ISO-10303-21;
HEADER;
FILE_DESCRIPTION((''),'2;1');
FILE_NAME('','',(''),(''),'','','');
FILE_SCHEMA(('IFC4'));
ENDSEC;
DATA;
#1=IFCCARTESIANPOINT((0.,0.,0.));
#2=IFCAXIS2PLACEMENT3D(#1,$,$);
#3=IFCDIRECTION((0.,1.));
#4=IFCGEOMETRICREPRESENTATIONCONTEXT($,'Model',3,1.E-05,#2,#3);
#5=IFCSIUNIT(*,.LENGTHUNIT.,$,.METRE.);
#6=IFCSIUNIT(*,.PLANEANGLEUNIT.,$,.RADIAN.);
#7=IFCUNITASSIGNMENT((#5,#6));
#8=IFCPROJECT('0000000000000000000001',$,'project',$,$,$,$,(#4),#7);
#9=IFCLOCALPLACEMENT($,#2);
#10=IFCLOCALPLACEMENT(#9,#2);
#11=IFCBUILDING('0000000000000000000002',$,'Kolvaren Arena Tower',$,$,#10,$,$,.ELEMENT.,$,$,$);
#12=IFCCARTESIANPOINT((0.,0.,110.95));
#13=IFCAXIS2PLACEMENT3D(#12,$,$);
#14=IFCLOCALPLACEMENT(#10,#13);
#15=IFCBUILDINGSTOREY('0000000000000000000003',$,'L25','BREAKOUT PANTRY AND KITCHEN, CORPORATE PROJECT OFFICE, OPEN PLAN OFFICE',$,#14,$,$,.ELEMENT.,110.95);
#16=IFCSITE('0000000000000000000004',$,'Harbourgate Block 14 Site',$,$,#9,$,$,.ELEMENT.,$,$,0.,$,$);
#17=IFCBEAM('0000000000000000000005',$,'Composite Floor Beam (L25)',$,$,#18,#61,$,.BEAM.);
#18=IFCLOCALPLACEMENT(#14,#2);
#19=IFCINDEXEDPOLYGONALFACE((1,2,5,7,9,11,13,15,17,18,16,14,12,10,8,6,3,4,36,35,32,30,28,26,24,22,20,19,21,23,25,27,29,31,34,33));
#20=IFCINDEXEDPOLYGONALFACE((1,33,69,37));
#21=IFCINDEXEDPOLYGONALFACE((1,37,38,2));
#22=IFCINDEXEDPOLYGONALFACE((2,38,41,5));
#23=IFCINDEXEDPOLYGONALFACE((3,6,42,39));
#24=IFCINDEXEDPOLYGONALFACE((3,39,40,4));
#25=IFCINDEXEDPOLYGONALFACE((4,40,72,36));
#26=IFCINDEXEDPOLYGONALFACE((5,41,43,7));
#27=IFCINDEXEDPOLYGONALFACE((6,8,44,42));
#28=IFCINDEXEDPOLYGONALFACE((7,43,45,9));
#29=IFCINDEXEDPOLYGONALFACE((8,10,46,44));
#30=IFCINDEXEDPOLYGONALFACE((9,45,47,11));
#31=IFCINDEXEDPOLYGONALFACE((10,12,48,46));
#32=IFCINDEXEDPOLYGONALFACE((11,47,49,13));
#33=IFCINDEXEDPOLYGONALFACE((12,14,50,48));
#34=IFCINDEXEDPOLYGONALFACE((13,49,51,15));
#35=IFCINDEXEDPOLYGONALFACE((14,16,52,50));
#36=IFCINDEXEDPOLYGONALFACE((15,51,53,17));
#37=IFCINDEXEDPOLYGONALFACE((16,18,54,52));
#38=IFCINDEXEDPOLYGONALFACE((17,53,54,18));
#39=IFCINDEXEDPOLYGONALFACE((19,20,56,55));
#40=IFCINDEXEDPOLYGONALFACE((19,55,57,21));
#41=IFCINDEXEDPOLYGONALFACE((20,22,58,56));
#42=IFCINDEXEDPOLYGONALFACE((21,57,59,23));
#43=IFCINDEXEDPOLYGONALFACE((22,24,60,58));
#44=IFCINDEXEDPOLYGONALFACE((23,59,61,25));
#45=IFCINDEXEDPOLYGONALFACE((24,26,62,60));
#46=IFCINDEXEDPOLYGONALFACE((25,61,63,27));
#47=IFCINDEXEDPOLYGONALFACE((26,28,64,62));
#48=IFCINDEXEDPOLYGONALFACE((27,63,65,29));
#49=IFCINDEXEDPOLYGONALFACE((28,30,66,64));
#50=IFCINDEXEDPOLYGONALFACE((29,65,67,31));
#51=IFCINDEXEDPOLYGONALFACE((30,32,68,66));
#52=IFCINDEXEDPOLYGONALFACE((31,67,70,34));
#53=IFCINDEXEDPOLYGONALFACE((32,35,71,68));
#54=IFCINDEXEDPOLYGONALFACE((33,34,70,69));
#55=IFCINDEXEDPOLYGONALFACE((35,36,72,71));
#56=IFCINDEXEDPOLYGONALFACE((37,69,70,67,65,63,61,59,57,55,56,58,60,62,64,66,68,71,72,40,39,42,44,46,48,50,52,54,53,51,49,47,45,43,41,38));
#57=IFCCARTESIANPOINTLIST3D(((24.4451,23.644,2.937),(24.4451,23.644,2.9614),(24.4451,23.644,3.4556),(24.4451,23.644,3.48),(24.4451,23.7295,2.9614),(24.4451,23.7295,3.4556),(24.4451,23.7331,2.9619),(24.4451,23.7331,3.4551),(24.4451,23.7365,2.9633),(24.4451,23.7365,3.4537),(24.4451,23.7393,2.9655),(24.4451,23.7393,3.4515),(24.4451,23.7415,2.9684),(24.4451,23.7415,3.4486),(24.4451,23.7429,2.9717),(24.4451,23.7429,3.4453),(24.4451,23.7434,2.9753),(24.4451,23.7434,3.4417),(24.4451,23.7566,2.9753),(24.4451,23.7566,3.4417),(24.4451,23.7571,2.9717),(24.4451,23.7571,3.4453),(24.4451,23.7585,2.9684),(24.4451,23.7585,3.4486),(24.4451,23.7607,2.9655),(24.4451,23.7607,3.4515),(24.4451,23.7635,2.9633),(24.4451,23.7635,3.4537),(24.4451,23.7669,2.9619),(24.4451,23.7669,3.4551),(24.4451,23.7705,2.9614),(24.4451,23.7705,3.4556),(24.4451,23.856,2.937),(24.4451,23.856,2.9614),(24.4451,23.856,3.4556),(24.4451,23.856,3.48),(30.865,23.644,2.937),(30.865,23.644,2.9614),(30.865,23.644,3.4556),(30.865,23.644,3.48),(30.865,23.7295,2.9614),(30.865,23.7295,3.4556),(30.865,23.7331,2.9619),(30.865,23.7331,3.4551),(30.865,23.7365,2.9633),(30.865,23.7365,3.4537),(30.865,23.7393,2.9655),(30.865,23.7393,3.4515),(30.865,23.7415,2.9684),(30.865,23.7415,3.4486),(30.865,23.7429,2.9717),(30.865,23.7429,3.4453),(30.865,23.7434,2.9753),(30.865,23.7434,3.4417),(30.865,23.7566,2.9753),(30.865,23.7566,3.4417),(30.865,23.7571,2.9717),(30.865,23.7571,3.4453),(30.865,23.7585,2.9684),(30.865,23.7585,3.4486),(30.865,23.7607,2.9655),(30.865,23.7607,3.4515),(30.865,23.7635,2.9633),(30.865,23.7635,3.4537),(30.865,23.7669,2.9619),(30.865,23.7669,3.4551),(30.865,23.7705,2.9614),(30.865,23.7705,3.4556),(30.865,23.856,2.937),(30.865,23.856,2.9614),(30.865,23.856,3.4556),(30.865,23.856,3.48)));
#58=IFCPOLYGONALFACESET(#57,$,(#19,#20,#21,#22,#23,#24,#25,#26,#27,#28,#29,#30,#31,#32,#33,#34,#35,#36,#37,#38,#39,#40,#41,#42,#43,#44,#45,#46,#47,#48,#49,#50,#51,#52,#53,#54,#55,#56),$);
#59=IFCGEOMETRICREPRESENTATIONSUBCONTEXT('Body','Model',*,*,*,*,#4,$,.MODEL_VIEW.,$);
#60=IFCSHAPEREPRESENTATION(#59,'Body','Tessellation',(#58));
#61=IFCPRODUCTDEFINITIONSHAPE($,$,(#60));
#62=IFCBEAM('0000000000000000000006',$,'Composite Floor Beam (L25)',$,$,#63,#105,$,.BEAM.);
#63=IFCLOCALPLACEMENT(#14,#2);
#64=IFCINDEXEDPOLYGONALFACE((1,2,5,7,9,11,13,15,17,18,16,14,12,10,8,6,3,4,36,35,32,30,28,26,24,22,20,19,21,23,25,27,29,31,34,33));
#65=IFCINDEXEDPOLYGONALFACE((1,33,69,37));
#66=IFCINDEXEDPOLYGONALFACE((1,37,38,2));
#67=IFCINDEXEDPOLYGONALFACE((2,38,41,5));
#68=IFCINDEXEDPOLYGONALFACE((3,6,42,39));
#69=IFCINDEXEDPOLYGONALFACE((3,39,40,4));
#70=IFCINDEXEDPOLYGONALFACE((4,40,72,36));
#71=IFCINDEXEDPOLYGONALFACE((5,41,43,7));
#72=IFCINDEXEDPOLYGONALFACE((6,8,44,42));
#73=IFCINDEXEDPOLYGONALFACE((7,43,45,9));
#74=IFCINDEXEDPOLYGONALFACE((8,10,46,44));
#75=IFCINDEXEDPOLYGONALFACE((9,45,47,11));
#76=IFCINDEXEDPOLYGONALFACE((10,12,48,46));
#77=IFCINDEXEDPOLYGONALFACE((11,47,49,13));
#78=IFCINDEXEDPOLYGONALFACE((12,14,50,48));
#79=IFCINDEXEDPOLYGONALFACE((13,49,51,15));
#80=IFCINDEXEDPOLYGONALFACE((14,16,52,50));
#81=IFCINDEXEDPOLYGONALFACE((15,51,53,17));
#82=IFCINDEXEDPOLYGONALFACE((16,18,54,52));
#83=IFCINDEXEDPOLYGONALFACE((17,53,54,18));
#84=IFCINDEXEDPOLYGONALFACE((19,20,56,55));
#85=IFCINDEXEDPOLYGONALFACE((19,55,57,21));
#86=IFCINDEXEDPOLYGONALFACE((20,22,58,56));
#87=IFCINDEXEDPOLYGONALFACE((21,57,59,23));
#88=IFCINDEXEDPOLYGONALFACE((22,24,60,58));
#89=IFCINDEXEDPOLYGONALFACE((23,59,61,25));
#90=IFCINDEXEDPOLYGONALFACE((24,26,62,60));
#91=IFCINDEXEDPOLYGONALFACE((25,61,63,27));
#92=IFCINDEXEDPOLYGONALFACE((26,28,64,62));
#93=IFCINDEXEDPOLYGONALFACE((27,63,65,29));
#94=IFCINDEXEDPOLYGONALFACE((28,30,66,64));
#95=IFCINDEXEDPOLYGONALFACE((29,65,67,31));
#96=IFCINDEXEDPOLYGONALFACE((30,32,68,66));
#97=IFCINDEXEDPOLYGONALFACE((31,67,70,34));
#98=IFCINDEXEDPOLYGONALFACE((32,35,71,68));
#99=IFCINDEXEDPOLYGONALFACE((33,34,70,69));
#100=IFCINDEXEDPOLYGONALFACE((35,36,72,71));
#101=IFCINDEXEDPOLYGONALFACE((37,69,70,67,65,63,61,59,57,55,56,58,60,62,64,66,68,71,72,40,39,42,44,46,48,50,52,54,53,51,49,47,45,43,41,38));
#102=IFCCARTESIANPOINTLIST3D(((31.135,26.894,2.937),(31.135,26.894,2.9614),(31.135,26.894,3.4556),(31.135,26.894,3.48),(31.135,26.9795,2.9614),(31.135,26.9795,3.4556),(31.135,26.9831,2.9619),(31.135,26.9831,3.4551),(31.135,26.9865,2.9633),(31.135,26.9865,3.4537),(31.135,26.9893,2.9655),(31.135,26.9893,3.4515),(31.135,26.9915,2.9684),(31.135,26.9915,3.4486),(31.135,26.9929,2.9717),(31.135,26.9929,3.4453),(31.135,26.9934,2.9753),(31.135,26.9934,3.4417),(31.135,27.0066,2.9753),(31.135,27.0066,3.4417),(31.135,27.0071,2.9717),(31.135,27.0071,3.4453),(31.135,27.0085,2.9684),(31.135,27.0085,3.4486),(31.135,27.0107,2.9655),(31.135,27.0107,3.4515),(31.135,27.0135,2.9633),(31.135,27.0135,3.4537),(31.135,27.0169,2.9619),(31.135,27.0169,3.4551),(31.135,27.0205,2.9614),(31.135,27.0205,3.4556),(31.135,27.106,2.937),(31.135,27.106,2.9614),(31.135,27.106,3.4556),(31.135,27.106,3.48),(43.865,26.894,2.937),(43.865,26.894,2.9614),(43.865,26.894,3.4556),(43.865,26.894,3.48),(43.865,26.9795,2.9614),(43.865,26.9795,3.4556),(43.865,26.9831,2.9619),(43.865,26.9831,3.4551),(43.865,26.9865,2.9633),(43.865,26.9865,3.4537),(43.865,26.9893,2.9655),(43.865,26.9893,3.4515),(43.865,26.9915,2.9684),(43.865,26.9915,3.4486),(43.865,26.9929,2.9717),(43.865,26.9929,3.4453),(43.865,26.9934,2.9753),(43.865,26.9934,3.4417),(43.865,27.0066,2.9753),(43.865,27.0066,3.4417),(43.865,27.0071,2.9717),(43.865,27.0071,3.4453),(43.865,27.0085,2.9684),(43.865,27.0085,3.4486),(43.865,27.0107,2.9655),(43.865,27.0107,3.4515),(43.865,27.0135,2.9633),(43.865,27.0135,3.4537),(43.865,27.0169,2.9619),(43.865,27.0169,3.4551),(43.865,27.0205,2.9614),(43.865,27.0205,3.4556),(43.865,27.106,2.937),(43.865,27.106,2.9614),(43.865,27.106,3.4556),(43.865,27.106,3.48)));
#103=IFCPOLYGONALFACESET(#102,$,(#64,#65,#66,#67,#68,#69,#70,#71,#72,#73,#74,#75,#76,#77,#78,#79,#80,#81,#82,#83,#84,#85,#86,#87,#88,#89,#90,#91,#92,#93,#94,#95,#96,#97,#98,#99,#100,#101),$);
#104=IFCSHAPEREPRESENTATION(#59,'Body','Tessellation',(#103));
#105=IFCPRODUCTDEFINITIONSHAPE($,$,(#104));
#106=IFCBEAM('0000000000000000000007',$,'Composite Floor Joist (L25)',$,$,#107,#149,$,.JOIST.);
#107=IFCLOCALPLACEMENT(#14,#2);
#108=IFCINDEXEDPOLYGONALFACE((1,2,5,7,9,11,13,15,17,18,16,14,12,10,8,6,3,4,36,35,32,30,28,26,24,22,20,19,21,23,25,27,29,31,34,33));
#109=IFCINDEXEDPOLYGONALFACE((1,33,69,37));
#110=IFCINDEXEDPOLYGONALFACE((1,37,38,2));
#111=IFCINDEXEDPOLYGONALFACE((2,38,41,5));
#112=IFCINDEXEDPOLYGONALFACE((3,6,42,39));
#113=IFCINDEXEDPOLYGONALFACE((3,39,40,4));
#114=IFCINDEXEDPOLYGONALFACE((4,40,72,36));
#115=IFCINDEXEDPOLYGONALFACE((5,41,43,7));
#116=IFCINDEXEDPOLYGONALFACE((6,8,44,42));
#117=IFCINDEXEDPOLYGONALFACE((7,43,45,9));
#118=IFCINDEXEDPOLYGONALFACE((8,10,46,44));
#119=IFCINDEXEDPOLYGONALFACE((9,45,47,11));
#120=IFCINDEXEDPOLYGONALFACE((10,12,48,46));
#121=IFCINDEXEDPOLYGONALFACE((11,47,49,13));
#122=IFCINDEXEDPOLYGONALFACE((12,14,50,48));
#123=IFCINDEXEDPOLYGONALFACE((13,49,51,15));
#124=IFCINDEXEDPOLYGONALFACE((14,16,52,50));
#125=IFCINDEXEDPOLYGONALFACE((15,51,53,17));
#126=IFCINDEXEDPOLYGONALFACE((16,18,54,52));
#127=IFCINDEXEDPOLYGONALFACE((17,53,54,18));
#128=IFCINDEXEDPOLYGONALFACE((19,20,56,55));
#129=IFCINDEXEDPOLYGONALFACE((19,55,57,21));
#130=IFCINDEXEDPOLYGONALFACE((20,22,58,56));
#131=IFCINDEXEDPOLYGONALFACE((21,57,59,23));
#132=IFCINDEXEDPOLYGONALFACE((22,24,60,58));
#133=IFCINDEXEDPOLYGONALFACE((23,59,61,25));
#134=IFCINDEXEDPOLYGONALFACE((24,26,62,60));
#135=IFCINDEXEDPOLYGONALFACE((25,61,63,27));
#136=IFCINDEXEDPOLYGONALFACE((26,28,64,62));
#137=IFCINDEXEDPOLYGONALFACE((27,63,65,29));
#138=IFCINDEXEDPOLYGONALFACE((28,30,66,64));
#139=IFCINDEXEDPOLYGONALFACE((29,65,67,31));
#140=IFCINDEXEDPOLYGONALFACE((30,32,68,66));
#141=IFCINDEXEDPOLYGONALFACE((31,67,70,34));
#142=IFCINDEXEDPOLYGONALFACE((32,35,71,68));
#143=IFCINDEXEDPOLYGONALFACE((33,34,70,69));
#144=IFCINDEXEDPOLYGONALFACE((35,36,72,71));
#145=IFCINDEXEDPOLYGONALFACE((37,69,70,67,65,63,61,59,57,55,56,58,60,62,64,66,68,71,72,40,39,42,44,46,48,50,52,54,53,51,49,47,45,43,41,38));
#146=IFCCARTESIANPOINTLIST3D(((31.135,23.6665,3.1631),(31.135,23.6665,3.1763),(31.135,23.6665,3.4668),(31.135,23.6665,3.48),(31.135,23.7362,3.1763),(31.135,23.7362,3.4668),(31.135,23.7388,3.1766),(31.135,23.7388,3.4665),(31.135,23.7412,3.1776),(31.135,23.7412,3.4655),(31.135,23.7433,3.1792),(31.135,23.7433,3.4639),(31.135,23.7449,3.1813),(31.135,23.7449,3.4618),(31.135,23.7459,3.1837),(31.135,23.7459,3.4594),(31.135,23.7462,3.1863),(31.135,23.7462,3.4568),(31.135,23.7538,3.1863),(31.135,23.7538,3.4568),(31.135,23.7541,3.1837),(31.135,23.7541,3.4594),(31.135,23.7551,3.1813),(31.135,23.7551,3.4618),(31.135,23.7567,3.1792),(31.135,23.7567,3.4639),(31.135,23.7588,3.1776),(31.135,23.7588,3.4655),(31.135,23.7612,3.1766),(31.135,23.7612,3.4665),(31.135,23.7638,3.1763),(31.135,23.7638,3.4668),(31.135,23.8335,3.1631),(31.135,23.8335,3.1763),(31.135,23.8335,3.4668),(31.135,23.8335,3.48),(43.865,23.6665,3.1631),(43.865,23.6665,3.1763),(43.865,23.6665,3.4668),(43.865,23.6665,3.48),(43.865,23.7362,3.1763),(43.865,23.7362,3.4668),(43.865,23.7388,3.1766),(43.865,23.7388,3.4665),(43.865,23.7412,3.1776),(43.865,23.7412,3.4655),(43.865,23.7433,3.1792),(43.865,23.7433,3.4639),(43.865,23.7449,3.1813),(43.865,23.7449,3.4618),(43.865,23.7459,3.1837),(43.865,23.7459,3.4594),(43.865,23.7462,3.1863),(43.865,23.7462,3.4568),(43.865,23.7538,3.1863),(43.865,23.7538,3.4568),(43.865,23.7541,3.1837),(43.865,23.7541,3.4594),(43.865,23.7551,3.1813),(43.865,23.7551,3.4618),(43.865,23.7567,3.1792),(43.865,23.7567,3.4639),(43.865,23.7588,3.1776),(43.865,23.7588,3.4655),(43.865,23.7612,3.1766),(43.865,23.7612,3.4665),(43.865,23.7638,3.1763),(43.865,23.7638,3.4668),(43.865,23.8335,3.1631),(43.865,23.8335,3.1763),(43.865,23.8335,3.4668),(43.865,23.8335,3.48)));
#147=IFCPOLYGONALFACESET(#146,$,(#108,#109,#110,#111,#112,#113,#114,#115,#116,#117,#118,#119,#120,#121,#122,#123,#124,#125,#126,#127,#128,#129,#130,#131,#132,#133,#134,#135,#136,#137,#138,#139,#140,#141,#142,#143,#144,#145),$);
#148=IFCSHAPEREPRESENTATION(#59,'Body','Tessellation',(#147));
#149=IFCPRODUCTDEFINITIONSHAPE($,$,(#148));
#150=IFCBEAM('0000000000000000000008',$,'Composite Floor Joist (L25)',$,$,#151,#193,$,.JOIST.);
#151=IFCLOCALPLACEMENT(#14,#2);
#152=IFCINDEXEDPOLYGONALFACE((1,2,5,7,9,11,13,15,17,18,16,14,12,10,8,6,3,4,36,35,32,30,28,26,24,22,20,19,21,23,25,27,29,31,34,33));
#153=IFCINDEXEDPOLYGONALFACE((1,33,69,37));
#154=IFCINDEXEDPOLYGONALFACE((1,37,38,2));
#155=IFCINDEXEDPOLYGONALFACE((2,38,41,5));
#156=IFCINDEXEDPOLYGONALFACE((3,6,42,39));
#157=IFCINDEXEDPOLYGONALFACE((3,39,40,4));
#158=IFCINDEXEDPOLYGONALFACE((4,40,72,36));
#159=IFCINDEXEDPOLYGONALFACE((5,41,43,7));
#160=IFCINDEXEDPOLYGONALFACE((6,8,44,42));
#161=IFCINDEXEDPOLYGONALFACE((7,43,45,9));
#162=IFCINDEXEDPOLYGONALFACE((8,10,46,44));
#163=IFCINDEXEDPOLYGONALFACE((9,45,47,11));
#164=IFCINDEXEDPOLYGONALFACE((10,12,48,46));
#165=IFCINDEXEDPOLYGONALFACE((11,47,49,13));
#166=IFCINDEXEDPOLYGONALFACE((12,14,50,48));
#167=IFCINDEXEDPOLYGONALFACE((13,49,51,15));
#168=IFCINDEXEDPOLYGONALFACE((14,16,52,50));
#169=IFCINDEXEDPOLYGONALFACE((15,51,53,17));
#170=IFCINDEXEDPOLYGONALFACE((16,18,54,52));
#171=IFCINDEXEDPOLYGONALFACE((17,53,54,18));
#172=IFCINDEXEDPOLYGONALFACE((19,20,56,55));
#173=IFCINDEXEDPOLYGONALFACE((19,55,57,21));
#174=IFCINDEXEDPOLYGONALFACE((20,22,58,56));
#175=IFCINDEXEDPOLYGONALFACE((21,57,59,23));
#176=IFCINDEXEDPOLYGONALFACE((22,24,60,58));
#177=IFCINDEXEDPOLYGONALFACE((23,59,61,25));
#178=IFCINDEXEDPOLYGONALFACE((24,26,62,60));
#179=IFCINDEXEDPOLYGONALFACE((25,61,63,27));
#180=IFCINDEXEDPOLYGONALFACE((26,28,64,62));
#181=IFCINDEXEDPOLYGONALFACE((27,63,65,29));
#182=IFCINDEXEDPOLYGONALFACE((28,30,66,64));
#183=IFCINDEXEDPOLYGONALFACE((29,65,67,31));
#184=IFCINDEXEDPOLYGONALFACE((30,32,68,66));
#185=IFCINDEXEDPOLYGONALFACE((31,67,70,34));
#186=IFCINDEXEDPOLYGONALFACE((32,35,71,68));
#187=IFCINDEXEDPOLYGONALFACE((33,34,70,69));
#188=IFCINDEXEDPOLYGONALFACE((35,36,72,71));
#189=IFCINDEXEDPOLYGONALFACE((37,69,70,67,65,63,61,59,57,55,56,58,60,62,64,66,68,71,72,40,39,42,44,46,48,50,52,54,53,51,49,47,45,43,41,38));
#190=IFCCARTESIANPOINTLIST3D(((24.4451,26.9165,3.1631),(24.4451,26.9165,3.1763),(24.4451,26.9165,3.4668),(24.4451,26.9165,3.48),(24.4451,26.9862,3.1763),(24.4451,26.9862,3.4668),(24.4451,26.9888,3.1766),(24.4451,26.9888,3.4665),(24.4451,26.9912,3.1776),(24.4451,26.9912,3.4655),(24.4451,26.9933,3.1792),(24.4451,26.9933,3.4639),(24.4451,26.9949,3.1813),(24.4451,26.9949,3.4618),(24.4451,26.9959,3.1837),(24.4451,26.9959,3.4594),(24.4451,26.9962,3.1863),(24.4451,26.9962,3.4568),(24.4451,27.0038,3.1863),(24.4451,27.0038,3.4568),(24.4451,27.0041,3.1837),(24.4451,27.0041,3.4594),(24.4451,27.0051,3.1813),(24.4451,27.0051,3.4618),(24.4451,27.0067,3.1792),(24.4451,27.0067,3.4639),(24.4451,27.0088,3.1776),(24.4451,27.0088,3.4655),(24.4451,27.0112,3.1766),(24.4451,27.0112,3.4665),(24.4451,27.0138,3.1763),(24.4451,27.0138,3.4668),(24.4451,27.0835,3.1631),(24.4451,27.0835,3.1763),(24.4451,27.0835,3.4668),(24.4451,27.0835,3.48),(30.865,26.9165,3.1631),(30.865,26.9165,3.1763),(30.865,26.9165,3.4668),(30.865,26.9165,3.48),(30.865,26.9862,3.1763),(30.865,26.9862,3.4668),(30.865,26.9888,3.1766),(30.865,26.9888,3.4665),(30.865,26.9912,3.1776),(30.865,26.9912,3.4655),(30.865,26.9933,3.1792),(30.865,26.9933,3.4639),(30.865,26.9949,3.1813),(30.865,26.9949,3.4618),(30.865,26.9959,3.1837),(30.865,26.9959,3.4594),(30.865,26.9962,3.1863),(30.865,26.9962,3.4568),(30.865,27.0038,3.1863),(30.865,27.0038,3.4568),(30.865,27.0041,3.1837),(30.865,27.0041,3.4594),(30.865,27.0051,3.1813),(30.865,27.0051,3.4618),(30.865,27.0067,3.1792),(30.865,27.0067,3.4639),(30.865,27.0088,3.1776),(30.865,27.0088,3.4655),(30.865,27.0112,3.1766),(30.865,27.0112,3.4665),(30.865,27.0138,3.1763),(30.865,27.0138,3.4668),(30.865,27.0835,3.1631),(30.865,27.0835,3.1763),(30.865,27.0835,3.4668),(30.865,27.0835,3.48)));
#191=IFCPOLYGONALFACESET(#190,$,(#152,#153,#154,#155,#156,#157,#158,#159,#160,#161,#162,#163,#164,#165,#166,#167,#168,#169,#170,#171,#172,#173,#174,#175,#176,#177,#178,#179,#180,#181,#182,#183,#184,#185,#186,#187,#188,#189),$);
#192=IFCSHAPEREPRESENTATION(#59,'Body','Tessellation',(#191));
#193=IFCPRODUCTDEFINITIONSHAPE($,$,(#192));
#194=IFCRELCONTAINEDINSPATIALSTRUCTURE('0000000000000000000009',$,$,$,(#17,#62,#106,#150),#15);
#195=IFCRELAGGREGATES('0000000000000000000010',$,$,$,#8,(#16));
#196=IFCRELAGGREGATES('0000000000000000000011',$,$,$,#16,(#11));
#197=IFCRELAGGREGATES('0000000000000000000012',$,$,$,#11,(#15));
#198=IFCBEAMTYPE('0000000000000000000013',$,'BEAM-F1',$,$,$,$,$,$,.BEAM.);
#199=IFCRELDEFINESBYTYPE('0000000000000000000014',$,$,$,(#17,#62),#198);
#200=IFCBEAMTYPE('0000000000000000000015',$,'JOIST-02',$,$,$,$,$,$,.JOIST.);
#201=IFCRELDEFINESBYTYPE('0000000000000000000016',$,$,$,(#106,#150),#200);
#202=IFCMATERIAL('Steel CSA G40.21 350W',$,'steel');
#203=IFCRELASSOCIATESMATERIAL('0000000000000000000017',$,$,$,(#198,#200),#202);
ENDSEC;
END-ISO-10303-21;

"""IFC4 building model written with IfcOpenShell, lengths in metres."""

from ifc_helpers import new_model, si_unit, direction, frame, origin, origin_2d, place, context, subcontext, project, spatial, i_section, extrude, material, material_profile, profile_set, type_object, element, save


model = new_model("IFC4")

# Units and contexts
model_context = context("Model", 3, precision=1e-05, world=origin(), true_north=direction((0.0, 1.0)))
body_context = subcontext(model_context, "Body", "Model", "MODEL_VIEW")
ifc_project = project(units=[si_unit("LENGTHUNIT", "METRE"), si_unit("PLANEANGLEUNIT", "RADIAN")], contexts=[model_context])

# Site, building, storey
site_placement = place(None, origin())
site = spatial("IfcSite", under=ifc_project, at=site_placement, Name="Harbourgate Block 14 Site", CompositionType="ELEMENT", RefElevation=0.0)
building_placement = place(site_placement, origin())
building = spatial("IfcBuilding", under=site, at=building_placement, Name="Kolvaren Arena Tower", CompositionType="ELEMENT")
storey_placement = place(building_placement, frame((0.0, 0.0, 110.95)))
storey = spatial("IfcBuildingStorey", under=building, at=storey_placement, Name="L25", Description="BREAKOUT PANTRY AND KITCHEN, CORPORATE PROJECT OFFICE, OPEN PLAN OFFICE", CompositionType="ELEMENT", Elevation=110.95)

# Beams
ifc_material_1 = material(Name="Steel CSA G40.21 350W", Category="steel")
ifc_material_profile_1 = material_profile(ifc_material_1, i_section(OverallWidth=0.2119, OverallDepth=0.543, WebThickness=0.0132, FlangeThickness=0.0244, FilletRadius=0.0139, at=origin_2d()), Name="W530x150")
ifc_profile_set_1 = profile_set([ifc_material_profile_1], Name="Steel CSA G40.21 350W")
beam_type_1 = type_object("IfcBeamType", Name="BEAM-F1", PredefinedType="BEAM", material=ifc_profile_set_1)
beam_1_placement = place(storey_placement, frame((24.4451, 23.75, 3.2085), z_axis=(1.0, 0.0, 0.0), x_axis=(0.0, 1.0, 0.0)))
element("IfcBeam", 1, at=beam_1_placement, inside=storey, type_object=beam_type_1, Name="Composite Floor Beam (L25)", PredefinedType="BEAM", context=body_context, shape_type="SweptSolid", body=[
    extrude(i_section(OverallWidth=0.2119, OverallDepth=0.543, WebThickness=0.0132, FlangeThickness=0.0244, FilletRadius=0.0139, at=origin_2d()), origin(), (0.0, 0.0, 1.0), 6.4199),
])
beam_2_placement = place(storey_placement, frame((31.135, 27.0, 3.2085), z_axis=(1.0, 0.0, 0.0), x_axis=(0.0, 1.0, 0.0)))
element("IfcBeam", 2, at=beam_2_placement, inside=storey, type_object=beam_type_1, Name="Composite Floor Beam (L25)", PredefinedType="BEAM", context=body_context, shape_type="SweptSolid", body=[
    extrude(i_section(OverallWidth=0.2119, OverallDepth=0.543, WebThickness=0.0132, FlangeThickness=0.0244, FilletRadius=0.0139, at=origin_2d()), origin(), (0.0, 0.0, 1.0), 12.73),
])
ifc_material_profile_2 = material_profile(ifc_material_1, i_section(OverallWidth=0.167, OverallDepth=0.3169, WebThickness=0.0076, FlangeThickness=0.0132, FilletRadius=0.01, at=origin_2d()), Name="W310x52")
ifc_profile_set_2 = profile_set([ifc_material_profile_2], Name="Steel CSA G40.21 350W")
beam_type_2 = type_object("IfcBeamType", Name="JOIST-02", PredefinedType="JOIST", material=ifc_profile_set_2)
beam_3_placement = place(storey_placement, frame((31.135, 23.75, 3.3215), z_axis=(1.0, 0.0, 0.0), x_axis=(0.0, 1.0, 0.0)))
element("IfcBeam", 3, at=beam_3_placement, inside=storey, type_object=beam_type_2, Name="Composite Floor Joist (L25)", PredefinedType="JOIST", context=body_context, shape_type="SweptSolid", body=[
    extrude(i_section(OverallWidth=0.167, OverallDepth=0.3169, WebThickness=0.0076, FlangeThickness=0.0132, FilletRadius=0.01, at=origin_2d()), origin(), (0.0, 0.0, 1.0), 12.73),
])
for number, where, z_axis, x_axis, name in (
    (4, (24.4451, 27.0, 3.3215), (1.0, 0.0, 0.0), (0.0, 1.0, 0.0), "Composite Floor Joist (L25)"),
):
    element("IfcBeam", number, at=place(storey_placement, frame(where, z_axis=z_axis, x_axis=x_axis)), inside=storey, type_object=beam_type_2, Name=name, PredefinedType="JOIST", context=body_context, shape_type="SweptSolid", body=[
        extrude(i_section(OverallWidth=0.167, OverallDepth=0.3169, WebThickness=0.0076, FlangeThickness=0.0132, FilletRadius=0.01, at=origin_2d()), origin(), (0.0, 0.0, 1.0), 6.4199),
    ])

save(model, "model.ifc")
